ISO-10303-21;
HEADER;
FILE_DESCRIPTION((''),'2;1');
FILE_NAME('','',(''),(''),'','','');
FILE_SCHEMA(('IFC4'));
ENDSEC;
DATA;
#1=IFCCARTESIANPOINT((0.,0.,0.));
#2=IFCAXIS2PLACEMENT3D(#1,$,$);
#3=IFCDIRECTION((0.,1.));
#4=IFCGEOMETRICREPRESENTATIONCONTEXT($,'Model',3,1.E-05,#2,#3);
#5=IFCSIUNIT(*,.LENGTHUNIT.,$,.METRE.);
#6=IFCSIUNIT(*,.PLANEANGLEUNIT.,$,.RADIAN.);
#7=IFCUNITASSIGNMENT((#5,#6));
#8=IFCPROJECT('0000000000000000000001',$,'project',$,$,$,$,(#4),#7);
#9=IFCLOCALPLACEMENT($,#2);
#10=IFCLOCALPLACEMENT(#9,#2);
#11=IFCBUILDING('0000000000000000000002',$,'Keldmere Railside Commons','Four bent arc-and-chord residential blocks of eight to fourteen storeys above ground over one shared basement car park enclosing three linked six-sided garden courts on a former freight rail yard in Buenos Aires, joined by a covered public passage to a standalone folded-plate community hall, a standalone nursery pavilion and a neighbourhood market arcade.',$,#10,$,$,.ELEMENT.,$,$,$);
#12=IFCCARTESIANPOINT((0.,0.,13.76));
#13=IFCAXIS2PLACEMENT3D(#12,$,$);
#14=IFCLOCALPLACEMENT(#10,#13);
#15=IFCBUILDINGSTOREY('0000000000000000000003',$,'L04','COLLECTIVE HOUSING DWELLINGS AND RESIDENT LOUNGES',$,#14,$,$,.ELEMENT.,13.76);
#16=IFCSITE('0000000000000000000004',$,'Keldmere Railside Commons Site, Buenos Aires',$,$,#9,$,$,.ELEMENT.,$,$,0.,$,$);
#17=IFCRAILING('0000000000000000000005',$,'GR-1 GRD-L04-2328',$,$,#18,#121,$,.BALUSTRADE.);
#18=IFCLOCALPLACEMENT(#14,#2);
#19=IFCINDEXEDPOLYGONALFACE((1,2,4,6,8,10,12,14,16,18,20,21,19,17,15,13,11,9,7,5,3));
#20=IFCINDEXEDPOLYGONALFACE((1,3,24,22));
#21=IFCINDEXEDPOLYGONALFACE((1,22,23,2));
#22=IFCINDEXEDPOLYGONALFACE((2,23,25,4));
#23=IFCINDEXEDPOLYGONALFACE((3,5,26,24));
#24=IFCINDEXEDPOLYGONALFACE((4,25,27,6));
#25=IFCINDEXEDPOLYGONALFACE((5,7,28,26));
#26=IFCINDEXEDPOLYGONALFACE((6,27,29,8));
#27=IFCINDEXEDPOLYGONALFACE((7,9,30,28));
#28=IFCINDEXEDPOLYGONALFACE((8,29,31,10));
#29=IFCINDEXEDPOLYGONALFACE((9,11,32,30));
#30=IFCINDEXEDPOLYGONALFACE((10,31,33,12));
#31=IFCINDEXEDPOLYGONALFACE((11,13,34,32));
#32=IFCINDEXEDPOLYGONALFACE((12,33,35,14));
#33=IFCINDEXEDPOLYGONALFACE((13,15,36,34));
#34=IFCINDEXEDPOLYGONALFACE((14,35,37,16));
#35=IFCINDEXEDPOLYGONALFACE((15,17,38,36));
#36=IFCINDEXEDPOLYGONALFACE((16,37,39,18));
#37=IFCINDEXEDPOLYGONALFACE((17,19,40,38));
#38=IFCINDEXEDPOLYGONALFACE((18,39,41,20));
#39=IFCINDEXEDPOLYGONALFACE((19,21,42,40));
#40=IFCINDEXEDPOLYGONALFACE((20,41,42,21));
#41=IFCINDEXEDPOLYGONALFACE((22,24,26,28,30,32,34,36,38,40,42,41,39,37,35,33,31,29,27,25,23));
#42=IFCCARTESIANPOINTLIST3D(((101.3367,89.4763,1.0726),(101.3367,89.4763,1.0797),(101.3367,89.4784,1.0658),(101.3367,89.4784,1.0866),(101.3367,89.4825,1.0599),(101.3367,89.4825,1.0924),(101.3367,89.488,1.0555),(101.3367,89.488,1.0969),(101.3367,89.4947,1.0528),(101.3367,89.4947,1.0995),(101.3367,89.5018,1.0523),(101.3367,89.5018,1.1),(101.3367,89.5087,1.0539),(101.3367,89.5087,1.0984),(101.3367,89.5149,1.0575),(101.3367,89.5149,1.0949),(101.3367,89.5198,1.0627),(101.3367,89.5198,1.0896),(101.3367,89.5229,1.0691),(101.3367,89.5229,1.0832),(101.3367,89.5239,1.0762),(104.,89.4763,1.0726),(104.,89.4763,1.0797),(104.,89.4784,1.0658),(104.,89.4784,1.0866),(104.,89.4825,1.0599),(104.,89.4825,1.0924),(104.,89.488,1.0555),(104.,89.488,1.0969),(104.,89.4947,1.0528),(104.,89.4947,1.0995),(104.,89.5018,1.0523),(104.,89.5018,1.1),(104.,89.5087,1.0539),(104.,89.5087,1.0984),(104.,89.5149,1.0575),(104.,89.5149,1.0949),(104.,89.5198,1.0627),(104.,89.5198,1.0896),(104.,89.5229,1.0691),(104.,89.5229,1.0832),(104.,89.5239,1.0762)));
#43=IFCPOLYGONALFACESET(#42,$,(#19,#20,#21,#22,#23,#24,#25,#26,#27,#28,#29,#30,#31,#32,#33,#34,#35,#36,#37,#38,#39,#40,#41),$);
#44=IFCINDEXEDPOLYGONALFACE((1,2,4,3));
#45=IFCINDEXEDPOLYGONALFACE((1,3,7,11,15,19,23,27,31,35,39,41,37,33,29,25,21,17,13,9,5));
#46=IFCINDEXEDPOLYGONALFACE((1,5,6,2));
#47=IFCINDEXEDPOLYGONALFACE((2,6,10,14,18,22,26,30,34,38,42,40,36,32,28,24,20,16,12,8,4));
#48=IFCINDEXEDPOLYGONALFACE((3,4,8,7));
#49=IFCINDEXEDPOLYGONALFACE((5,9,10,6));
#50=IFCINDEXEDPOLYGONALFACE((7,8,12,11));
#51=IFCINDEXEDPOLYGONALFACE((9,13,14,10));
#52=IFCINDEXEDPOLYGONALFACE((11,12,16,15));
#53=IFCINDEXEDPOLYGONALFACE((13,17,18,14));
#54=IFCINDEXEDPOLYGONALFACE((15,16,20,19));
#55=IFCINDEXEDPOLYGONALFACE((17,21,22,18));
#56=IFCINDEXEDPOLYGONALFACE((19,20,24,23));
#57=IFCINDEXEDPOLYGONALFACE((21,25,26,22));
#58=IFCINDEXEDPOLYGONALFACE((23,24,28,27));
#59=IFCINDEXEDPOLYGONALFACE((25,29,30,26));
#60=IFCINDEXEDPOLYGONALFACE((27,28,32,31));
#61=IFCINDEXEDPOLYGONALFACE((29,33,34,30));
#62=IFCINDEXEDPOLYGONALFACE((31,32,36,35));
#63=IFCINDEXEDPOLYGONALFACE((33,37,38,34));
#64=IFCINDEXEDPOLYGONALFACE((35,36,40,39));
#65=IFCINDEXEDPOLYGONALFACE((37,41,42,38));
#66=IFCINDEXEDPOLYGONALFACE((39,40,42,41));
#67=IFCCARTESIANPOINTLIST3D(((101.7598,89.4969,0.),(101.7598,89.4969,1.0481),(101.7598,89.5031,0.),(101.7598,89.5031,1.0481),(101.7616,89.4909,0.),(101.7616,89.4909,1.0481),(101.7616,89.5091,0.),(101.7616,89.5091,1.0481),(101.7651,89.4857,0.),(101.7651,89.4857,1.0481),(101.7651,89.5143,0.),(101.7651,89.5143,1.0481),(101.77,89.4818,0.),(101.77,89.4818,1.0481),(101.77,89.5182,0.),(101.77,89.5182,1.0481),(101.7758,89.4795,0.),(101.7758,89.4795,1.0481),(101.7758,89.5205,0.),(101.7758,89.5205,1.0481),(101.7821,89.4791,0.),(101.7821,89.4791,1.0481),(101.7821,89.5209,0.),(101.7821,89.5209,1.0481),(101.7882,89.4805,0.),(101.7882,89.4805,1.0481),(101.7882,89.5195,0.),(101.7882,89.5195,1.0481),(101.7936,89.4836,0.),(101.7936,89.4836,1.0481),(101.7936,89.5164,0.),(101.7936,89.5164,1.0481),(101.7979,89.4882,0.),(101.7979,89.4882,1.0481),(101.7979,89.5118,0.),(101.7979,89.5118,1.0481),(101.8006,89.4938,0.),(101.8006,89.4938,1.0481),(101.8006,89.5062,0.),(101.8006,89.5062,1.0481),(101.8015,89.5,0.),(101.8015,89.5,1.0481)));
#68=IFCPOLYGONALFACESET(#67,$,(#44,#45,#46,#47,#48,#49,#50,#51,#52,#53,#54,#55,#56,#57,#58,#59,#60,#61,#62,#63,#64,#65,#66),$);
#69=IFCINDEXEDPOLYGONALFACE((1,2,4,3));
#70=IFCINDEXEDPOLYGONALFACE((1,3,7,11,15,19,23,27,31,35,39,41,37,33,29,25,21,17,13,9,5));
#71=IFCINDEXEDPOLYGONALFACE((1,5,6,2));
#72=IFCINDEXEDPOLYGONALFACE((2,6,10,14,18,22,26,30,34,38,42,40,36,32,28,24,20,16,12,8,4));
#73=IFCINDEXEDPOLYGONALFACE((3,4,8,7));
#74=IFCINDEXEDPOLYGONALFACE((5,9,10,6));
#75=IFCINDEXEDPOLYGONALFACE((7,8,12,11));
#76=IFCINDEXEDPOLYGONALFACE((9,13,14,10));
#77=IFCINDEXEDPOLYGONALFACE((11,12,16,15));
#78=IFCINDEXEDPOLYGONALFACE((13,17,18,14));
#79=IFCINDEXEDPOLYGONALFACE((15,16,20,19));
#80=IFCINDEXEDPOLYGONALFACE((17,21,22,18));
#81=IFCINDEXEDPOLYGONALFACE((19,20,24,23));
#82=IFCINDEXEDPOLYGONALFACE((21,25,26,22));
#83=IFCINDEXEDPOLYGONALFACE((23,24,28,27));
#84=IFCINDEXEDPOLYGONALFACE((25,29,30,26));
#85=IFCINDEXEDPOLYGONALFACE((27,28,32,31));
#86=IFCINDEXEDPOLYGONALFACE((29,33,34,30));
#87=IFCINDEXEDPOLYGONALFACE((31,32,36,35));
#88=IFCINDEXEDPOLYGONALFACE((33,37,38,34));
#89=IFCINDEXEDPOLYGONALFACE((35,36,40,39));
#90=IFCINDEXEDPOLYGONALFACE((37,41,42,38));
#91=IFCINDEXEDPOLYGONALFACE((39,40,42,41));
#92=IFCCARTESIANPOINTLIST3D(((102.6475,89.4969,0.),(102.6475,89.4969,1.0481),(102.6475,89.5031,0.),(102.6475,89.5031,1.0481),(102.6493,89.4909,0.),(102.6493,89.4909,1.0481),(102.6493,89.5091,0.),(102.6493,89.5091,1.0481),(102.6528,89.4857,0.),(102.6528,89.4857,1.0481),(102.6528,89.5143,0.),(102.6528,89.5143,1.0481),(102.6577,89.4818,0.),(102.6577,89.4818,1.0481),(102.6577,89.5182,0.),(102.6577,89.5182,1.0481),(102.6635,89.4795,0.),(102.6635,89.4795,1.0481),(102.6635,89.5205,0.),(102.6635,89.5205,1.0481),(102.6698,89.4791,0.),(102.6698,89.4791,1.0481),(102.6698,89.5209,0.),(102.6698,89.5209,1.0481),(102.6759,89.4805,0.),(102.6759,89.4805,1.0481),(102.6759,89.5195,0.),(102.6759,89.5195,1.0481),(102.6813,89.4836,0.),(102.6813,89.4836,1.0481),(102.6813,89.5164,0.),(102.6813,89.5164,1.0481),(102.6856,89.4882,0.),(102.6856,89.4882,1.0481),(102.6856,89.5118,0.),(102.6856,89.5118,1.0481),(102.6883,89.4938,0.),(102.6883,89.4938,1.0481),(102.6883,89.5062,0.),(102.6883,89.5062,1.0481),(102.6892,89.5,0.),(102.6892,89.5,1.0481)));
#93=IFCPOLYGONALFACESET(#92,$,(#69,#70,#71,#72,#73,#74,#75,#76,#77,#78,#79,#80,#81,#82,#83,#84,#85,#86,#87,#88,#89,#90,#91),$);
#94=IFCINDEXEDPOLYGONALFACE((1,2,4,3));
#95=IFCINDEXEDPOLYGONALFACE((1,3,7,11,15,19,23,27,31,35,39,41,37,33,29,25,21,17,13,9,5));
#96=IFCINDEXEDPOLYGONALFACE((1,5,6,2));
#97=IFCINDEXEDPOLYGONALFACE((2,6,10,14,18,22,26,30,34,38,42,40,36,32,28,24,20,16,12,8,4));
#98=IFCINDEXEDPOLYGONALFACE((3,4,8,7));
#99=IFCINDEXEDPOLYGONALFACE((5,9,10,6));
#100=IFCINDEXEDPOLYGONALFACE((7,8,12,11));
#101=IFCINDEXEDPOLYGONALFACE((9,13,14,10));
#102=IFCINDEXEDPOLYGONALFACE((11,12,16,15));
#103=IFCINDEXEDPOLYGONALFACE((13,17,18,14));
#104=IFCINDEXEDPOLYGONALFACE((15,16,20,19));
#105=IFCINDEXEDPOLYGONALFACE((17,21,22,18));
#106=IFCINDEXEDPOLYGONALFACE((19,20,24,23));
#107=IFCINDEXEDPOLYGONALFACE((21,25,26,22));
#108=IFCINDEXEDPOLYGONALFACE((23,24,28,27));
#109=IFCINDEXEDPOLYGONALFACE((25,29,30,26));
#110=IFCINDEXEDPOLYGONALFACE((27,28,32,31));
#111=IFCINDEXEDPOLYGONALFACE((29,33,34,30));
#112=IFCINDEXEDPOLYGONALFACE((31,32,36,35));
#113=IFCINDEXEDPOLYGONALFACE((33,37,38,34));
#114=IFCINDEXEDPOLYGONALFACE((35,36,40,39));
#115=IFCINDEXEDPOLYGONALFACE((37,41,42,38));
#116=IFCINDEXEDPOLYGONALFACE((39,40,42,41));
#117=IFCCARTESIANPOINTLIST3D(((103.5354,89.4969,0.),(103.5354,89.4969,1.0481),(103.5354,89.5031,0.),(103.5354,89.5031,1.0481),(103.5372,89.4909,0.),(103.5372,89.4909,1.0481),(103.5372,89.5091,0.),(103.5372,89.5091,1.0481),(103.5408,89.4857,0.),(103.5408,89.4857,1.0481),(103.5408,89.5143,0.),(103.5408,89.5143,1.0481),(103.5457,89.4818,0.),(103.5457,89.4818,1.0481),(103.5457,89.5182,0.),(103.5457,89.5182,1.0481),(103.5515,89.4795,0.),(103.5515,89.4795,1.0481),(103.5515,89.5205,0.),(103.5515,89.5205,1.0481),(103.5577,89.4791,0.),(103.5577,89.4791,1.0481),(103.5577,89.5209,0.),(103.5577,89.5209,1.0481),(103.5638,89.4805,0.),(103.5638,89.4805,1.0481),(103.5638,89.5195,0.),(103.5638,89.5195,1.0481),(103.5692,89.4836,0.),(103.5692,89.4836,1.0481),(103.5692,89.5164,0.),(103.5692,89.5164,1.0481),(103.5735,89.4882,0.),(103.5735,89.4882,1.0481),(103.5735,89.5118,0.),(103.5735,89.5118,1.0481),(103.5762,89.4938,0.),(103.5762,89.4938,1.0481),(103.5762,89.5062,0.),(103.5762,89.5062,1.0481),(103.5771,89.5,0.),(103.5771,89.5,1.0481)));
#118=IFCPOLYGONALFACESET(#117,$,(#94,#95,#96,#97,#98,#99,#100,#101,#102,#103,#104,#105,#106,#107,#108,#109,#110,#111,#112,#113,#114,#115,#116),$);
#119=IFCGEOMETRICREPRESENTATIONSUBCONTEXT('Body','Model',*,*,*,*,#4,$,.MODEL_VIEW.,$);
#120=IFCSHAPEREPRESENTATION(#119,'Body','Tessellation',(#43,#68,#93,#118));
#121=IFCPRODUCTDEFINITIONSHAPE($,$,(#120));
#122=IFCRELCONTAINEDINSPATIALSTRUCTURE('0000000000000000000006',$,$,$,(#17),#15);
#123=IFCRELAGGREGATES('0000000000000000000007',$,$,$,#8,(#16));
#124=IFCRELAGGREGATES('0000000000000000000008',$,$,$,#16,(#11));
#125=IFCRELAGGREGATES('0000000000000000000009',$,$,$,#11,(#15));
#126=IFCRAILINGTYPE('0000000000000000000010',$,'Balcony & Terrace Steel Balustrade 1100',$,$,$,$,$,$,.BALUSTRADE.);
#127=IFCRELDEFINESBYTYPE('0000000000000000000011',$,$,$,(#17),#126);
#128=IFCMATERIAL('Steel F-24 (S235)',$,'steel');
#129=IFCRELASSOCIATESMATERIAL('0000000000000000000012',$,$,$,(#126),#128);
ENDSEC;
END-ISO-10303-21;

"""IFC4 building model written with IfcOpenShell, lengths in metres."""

from ifc_helpers import new_model, si_unit, direction, frame, origin, origin_2d, place, context, subcontext, project, spatial, circle, extrude, material, type_object, element, save


model = new_model("IFC4")

# Units and contexts
model_context = context("Model", 3, precision=1e-05, world=origin(), true_north=direction((0.0, 1.0)))
body_context = subcontext(model_context, "Body", "Model", "MODEL_VIEW")
ifc_project = project(units=[si_unit("LENGTHUNIT", "METRE"), si_unit("PLANEANGLEUNIT", "RADIAN")], contexts=[model_context])

# Site, building, storey
site_placement = place(None, origin())
site = spatial("IfcSite", under=ifc_project, at=site_placement, Name="Keldmere Railside Commons Site, Buenos Aires", CompositionType="ELEMENT", RefElevation=0.0)
building_placement = place(site_placement, origin())
building = spatial("IfcBuilding", under=site, at=building_placement, Name="Keldmere Railside Commons", Description="Four bent arc-and-chord residential blocks of eight to fourteen storeys above ground over one shared basement car park enclosing three linked six-sided garden courts on a former freight rail yard in Buenos Aires, joined by a covered public passage to a standalone folded-plate community hall, a standalone nursery pavilion and a neighbourhood market arcade.", CompositionType="ELEMENT")
storey_placement = place(building_placement, frame((0.0, 0.0, 13.76)))
storey = spatial("IfcBuildingStorey", under=building, at=storey_placement, Name="L04", Description="COLLECTIVE HOUSING DWELLINGS AND RESIDENT LOUNGES", CompositionType="ELEMENT", Elevation=13.76)

# Shared definitions
ifc_material_1 = material(Name="Steel F-24 (S235)", Category="steel")

# Railing
railing_type = type_object("IfcRailingType", Name="Balcony & Terrace Steel Balustrade 1100", PredefinedType="BALUSTRADE", material=ifc_material_1)
railing_1_placement = place(storey_placement, frame((101.3367, 89.5, 0.0)))
element("IfcRailing", 1, at=railing_1_placement, inside=storey, type_object=railing_type, Name="GR-1 GRD-L04-2328", PredefinedType="BALUSTRADE", context=body_context, shape_type="SweptSolid", body=[
    extrude(circle(Radius=0.0239, at=origin_2d()), frame((0.0, 0.0, 1.0762), z_axis=(1.0, 0.0, 0.0), x_axis=(0.0, 1.0, 0.0)), (0.0, 0.0, 1.0), 2.6633),
    extrude(circle(Radius=0.021, at=origin_2d()), frame((0.4438, 0.0, 0.0)), (0.0, 0.0, 1.0), 1.0481),
    extrude(circle(Radius=0.021, at=origin_2d()), frame((1.3315, 0.0, 0.0)), (0.0, 0.0, 1.0), 1.0481),
    extrude(circle(Radius=0.021, at=origin_2d()), frame((2.2195, 0.0, 0.0)), (0.0, 0.0, 1.0), 1.0481),
])

save(model, "model.ifc")
